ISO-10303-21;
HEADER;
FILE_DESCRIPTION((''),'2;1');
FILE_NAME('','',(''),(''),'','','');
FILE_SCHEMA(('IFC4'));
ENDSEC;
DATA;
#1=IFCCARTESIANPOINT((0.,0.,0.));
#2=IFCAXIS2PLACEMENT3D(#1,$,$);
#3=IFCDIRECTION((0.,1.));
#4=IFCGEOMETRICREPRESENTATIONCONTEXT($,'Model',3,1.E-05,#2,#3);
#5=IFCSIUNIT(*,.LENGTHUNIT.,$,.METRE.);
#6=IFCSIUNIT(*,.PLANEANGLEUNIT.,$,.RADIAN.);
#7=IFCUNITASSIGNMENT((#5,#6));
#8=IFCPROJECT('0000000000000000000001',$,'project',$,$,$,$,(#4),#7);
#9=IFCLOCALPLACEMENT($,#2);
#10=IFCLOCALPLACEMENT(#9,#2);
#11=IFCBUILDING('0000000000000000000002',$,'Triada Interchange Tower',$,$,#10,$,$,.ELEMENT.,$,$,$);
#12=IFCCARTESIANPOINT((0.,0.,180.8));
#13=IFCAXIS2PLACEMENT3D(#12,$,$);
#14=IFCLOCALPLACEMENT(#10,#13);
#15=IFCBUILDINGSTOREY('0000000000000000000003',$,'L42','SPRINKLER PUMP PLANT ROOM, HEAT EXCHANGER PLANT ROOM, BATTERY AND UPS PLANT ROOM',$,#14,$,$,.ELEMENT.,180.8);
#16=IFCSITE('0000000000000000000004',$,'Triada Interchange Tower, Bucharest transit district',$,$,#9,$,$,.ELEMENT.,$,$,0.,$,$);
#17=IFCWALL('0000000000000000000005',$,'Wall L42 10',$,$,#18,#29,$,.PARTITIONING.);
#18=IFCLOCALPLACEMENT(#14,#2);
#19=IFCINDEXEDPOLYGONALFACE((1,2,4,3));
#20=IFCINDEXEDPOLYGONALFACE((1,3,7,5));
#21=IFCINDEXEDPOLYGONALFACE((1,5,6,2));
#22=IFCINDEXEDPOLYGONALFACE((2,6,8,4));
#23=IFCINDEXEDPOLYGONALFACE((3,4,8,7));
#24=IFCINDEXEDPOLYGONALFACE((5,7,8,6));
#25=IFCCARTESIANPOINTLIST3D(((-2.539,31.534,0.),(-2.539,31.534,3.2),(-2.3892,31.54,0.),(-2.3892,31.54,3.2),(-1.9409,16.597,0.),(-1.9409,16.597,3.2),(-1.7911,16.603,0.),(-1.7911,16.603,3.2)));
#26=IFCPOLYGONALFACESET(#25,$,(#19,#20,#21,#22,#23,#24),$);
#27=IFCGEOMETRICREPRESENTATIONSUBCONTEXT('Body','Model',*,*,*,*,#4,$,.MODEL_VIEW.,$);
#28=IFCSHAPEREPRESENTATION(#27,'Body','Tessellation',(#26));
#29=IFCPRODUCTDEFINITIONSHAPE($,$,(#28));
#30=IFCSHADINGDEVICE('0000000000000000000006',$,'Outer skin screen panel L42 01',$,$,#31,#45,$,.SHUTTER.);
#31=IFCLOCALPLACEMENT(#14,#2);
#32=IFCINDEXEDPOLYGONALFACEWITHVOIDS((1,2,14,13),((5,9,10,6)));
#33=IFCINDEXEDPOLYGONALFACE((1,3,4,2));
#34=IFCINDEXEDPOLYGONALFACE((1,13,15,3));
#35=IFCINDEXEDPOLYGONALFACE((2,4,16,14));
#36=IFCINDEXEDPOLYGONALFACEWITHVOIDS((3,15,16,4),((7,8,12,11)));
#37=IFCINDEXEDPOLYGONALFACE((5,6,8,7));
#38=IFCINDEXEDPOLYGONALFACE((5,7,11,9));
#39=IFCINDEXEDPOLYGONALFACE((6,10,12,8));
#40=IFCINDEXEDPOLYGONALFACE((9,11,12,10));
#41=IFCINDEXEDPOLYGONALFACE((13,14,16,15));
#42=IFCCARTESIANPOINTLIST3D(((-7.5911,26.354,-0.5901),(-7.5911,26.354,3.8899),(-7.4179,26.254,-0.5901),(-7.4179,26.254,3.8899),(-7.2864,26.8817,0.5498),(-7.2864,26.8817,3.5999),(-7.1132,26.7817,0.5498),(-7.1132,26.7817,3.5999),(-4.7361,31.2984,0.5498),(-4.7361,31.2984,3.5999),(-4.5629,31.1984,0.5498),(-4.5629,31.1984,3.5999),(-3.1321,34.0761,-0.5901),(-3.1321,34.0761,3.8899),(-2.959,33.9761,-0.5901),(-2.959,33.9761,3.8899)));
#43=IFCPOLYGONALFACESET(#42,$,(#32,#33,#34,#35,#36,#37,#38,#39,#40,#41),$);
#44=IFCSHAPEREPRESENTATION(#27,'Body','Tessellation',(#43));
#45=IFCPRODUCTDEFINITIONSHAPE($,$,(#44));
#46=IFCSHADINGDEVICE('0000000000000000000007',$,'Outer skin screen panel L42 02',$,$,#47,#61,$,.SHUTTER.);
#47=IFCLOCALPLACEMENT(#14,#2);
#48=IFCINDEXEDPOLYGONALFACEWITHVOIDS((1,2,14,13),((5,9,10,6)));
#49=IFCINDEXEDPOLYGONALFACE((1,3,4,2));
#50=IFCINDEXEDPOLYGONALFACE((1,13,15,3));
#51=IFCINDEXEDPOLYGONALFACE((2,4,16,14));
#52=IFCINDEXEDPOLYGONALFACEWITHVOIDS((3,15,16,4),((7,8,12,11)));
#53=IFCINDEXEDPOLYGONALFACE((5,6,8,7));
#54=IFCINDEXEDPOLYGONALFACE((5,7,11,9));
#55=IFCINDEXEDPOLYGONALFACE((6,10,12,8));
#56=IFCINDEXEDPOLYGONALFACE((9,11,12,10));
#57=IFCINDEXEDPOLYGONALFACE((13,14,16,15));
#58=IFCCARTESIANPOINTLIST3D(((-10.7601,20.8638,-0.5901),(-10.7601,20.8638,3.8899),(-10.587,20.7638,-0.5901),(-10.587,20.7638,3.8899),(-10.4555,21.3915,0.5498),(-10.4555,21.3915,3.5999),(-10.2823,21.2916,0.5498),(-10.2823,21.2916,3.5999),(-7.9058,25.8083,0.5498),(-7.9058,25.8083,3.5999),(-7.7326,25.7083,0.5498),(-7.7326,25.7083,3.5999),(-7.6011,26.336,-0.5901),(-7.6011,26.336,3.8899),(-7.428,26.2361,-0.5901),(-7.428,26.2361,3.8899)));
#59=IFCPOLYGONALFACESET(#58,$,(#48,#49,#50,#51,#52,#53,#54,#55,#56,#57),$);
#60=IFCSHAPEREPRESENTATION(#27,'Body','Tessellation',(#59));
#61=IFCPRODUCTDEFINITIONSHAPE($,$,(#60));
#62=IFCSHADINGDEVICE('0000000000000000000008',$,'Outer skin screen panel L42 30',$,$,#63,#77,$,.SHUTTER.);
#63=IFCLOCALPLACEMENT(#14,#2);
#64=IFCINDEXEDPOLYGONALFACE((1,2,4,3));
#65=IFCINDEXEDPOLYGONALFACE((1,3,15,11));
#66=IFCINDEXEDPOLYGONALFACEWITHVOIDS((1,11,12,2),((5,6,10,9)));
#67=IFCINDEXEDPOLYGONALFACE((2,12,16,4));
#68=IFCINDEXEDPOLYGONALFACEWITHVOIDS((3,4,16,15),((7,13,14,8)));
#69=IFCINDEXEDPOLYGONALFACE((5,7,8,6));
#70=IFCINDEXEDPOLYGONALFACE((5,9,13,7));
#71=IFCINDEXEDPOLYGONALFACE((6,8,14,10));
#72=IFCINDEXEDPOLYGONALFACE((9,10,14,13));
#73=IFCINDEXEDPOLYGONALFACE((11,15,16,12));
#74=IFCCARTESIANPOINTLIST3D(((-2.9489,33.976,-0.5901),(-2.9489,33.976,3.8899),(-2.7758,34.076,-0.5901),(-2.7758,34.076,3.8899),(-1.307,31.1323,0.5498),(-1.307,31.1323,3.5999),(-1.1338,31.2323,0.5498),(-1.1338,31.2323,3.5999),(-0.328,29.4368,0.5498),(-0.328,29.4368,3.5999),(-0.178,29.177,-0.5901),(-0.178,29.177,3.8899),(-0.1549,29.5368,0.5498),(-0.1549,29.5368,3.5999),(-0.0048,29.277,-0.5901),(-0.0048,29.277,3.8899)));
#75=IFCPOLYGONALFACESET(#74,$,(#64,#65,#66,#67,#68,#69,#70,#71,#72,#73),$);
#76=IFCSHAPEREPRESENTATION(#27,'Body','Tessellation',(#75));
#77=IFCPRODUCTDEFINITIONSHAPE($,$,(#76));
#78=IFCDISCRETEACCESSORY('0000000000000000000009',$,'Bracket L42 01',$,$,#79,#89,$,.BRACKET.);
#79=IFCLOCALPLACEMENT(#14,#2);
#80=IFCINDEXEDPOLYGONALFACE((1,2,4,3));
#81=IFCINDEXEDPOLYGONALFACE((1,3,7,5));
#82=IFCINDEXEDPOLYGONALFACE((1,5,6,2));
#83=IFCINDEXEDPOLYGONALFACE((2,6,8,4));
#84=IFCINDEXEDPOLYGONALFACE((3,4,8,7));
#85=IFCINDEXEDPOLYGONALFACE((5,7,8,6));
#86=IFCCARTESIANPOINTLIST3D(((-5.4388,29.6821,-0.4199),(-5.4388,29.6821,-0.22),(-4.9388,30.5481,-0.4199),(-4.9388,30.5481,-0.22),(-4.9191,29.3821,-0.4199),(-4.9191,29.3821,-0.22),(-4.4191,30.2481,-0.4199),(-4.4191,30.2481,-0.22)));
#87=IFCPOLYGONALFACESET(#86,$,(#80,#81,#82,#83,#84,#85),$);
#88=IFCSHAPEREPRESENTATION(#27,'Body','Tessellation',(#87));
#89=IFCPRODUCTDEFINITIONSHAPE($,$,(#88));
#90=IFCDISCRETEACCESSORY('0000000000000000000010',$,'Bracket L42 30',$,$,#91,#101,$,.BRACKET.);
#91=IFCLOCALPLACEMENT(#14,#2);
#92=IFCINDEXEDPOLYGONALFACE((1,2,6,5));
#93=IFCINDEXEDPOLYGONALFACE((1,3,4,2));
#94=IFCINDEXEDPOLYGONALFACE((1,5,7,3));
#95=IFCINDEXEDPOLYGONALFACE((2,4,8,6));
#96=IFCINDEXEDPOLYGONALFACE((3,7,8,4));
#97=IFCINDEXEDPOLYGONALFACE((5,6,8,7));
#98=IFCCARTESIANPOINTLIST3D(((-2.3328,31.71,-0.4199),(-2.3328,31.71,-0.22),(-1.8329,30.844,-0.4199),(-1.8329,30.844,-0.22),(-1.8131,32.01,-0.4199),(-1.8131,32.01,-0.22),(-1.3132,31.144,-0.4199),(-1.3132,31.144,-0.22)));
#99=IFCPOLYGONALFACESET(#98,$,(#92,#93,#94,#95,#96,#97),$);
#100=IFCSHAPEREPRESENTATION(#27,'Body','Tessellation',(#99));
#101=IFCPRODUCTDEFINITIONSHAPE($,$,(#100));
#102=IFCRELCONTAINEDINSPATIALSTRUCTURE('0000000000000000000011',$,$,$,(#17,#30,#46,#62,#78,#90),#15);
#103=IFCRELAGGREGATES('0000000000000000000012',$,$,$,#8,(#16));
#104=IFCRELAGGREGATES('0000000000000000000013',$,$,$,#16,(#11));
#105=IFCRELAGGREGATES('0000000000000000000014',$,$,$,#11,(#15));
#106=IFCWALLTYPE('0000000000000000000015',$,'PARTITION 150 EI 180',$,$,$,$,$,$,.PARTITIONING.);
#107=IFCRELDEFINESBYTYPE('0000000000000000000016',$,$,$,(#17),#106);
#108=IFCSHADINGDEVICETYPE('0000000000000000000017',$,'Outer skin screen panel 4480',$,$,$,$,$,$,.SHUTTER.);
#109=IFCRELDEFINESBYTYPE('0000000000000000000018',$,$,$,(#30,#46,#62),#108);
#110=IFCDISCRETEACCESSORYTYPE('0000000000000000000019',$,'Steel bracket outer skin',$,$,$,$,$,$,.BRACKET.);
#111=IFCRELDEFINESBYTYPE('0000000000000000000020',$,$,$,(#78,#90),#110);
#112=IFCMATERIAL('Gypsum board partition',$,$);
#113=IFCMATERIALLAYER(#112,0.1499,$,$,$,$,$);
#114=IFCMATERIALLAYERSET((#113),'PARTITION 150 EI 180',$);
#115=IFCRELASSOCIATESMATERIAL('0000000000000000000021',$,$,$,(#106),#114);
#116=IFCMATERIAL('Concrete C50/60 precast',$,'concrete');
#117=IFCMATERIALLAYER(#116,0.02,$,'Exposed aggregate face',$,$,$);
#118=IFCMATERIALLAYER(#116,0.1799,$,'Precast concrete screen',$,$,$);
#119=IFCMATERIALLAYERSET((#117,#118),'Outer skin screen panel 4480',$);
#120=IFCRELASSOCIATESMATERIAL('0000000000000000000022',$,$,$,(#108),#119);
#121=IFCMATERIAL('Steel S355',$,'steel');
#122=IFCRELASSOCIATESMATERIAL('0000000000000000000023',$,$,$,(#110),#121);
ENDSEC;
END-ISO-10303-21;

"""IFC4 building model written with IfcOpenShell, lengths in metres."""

from ifc_helpers import new_model, si_unit, direction, frame, frame_2d, origin, origin_2d, place, context, subcontext, project, spatial, polyline, rectangle, outline, extrude, material, layer, layer_set, type_object, element, save


model = new_model("IFC4")

# Units and contexts
model_context = context("Model", 3, precision=1e-05, world=origin(), true_north=direction((0.0, 1.0)))
body_context = subcontext(model_context, "Body", "Model", "MODEL_VIEW")
ifc_project = project(units=[si_unit("LENGTHUNIT", "METRE"), si_unit("PLANEANGLEUNIT", "RADIAN")], contexts=[model_context])

# Site, building, storey
site_placement = place(None, origin())
site = spatial("IfcSite", under=ifc_project, at=site_placement, Name="Triada Interchange Tower, Bucharest transit district", CompositionType="ELEMENT", RefElevation=0.0)
building_placement = place(site_placement, origin())
building = spatial("IfcBuilding", under=site, at=building_placement, Name="Triada Interchange Tower", CompositionType="ELEMENT")
storey_placement = place(building_placement, frame((0.0, 0.0, 180.8)))
storey = spatial("IfcBuildingStorey", under=building, at=storey_placement, Name="L42", Description="SPRINKLER PUMP PLANT ROOM, HEAT EXCHANGER PLANT ROOM, BATTERY AND UPS PLANT ROOM", CompositionType="ELEMENT", Elevation=180.8)

# Shared definitions
ifc_material_1 = material(Name="Steel S355", Category="steel")

# Wall
ifc_material_2 = material(Name="Gypsum board partition")
ifc_layer_1 = layer(ifc_material_2, 0.1499)
ifc_layer_set_1 = layer_set([ifc_layer_1], Name="PARTITION 150 EI 180")
wall_type_1 = type_object("IfcWallType", Name="PARTITION 150 EI 180", PredefinedType="PARTITIONING", material=ifc_layer_set_1)
wall_1_placement = place(storey_placement, frame((-2.4641, 31.5371, 0.0), z_axis=(0.0, 0.0, 1.0), x_axis=(0.040012, -0.999199, 0.0)))
element("IfcWall", 1, at=wall_1_placement, inside=storey, type_object=wall_type_1, Name="Wall L42 10", PredefinedType="PARTITIONING", context=body_context, shape_type="SweptSolid", body=[
    extrude(rectangle(XDim=14.949, YDim=0.1499, at=frame_2d((7.4746, 0.0))), origin(), (0.0, 0.0, 1.0), 3.2),
])

# Shading devices
ifc_material_3 = material(Name="Concrete C50/60 precast", Category="concrete")
ifc_layer_2 = layer(ifc_material_3, 0.02, Name="Exposed aggregate face")
ifc_layer_3 = layer(ifc_material_3, 0.1799, Name="Precast concrete screen")
ifc_layer_set_2 = layer_set([ifc_layer_2, ifc_layer_3], Name="Outer skin screen panel 4480")
shading_device_type = type_object("IfcShadingDeviceType", Name="Outer skin screen panel 4480", PredefinedType="SHUTTER", material=ifc_layer_set_2)
shading_device_1_placement = place(storey_placement, frame((-2.959, 33.9761, -0.5901), z_axis=(0.0, 0.0, 1.0), x_axis=(-0.50005, -0.865997, 0.0)))
element("IfcShadingDevice", 2, at=shading_device_1_placement, inside=storey, type_object=shading_device_type, Name="Outer skin screen panel L42 01", PredefinedType="SHUTTER", context=body_context, shape_type="SweptSolid", body=[
    extrude(outline(polyline([(0.0, 0.0), (8.917, 0.0), (8.917, 4.48), (0.0, 4.48), (0.0, 0.0)]), holes=[polyline([(3.2075, 1.1399), (3.2075, 4.1899), (8.3076, 4.1899), (8.3076, 1.1399), (3.2075, 1.1399)])]), frame((0.0, 0.0, 0.0), z_axis=(0.0, -1.0, 0.0), x_axis=(1.0, 0.0, 0.0)), (0.0, 0.0, 1.0), 0.2),
])
shading_device_2_placement = place(storey_placement, frame((-7.428, 26.2361, -0.5901), z_axis=(0.0, 0.0, 1.0), x_axis=(-0.49995, -0.866054, 0.0)))
element("IfcShadingDevice", 3, at=shading_device_2_placement, inside=storey, type_object=shading_device_type, Name="Outer skin screen panel L42 02", PredefinedType="SHUTTER", context=body_context, shape_type="SweptSolid", body=[
    extrude(outline(polyline([(0.0, 0.0), (6.3186, 0.0), (6.3186, 4.48), (0.0, 4.48), (0.0, 0.0)]), holes=[polyline([(0.6094, 1.1399), (0.6094, 4.1899), (5.7092, 4.1899), (5.7092, 1.1399), (0.6094, 1.1399)])]), frame((0.0, 0.0, 0.0), z_axis=(0.0, -1.0, 0.0), x_axis=(1.0, 0.0, 0.0)), (0.0, 0.0, 1.0), 0.2),
])
shading_device_3_placement = place(storey_placement, frame((-0.178, 29.177, -0.5901), z_axis=(0.0, 0.0, 1.0), x_axis=(-0.500034, 0.866006, 0.0)))
element("IfcShadingDevice", 4, at=shading_device_3_placement, inside=storey, type_object=shading_device_type, Name="Outer skin screen panel L42 30", PredefinedType="SHUTTER", context=body_context, shape_type="SweptSolid", body=[
    extrude(outline(polyline([(0.0, 0.0), (5.5415, 0.0), (5.5415, 4.48), (0.0, 4.48), (0.0, 0.0)]), holes=[polyline([(0.3, 1.1399), (0.3, 4.1899), (2.2578, 4.1899), (2.2578, 1.1399), (0.3, 1.1399)])]), frame((0.0, 0.0, 0.0), z_axis=(0.0, -1.0, 0.0), x_axis=(1.0, 0.0, 0.0)), (0.0, 0.0, 1.0), 0.2),
])

# Discrete accessories
discrete_accessory_type = type_object("IfcDiscreteAccessoryType", Name="Steel bracket outer skin", PredefinedType="BRACKET", material=ifc_material_1)
for number, where, z_axis, x_axis, name in (
    (5, (-4.929, 29.9651, -0.4199), (0.0, 0.0, 1.0), (-0.866021, 0.500007, 0.0), "Bracket L42 01"),
    (6, (-1.823, 31.427, -0.4199), (0.0, 0.0, 1.0), (0.866047, 0.499962, 0.0), "Bracket L42 30"),
):
    element("IfcDiscreteAccessory", number, at=place(storey_placement, frame(where, z_axis=z_axis, x_axis=x_axis)), inside=storey, type_object=discrete_accessory_type, Name=name, PredefinedType="BRACKET", context=body_context, shape_type="SweptSolid", body=[
        extrude(rectangle(XDim=0.6001, YDim=1.0, at=origin_2d()), origin(), (0.0, 0.0, 1.0), 0.2),
    ])

save(model, "model.ifc")
